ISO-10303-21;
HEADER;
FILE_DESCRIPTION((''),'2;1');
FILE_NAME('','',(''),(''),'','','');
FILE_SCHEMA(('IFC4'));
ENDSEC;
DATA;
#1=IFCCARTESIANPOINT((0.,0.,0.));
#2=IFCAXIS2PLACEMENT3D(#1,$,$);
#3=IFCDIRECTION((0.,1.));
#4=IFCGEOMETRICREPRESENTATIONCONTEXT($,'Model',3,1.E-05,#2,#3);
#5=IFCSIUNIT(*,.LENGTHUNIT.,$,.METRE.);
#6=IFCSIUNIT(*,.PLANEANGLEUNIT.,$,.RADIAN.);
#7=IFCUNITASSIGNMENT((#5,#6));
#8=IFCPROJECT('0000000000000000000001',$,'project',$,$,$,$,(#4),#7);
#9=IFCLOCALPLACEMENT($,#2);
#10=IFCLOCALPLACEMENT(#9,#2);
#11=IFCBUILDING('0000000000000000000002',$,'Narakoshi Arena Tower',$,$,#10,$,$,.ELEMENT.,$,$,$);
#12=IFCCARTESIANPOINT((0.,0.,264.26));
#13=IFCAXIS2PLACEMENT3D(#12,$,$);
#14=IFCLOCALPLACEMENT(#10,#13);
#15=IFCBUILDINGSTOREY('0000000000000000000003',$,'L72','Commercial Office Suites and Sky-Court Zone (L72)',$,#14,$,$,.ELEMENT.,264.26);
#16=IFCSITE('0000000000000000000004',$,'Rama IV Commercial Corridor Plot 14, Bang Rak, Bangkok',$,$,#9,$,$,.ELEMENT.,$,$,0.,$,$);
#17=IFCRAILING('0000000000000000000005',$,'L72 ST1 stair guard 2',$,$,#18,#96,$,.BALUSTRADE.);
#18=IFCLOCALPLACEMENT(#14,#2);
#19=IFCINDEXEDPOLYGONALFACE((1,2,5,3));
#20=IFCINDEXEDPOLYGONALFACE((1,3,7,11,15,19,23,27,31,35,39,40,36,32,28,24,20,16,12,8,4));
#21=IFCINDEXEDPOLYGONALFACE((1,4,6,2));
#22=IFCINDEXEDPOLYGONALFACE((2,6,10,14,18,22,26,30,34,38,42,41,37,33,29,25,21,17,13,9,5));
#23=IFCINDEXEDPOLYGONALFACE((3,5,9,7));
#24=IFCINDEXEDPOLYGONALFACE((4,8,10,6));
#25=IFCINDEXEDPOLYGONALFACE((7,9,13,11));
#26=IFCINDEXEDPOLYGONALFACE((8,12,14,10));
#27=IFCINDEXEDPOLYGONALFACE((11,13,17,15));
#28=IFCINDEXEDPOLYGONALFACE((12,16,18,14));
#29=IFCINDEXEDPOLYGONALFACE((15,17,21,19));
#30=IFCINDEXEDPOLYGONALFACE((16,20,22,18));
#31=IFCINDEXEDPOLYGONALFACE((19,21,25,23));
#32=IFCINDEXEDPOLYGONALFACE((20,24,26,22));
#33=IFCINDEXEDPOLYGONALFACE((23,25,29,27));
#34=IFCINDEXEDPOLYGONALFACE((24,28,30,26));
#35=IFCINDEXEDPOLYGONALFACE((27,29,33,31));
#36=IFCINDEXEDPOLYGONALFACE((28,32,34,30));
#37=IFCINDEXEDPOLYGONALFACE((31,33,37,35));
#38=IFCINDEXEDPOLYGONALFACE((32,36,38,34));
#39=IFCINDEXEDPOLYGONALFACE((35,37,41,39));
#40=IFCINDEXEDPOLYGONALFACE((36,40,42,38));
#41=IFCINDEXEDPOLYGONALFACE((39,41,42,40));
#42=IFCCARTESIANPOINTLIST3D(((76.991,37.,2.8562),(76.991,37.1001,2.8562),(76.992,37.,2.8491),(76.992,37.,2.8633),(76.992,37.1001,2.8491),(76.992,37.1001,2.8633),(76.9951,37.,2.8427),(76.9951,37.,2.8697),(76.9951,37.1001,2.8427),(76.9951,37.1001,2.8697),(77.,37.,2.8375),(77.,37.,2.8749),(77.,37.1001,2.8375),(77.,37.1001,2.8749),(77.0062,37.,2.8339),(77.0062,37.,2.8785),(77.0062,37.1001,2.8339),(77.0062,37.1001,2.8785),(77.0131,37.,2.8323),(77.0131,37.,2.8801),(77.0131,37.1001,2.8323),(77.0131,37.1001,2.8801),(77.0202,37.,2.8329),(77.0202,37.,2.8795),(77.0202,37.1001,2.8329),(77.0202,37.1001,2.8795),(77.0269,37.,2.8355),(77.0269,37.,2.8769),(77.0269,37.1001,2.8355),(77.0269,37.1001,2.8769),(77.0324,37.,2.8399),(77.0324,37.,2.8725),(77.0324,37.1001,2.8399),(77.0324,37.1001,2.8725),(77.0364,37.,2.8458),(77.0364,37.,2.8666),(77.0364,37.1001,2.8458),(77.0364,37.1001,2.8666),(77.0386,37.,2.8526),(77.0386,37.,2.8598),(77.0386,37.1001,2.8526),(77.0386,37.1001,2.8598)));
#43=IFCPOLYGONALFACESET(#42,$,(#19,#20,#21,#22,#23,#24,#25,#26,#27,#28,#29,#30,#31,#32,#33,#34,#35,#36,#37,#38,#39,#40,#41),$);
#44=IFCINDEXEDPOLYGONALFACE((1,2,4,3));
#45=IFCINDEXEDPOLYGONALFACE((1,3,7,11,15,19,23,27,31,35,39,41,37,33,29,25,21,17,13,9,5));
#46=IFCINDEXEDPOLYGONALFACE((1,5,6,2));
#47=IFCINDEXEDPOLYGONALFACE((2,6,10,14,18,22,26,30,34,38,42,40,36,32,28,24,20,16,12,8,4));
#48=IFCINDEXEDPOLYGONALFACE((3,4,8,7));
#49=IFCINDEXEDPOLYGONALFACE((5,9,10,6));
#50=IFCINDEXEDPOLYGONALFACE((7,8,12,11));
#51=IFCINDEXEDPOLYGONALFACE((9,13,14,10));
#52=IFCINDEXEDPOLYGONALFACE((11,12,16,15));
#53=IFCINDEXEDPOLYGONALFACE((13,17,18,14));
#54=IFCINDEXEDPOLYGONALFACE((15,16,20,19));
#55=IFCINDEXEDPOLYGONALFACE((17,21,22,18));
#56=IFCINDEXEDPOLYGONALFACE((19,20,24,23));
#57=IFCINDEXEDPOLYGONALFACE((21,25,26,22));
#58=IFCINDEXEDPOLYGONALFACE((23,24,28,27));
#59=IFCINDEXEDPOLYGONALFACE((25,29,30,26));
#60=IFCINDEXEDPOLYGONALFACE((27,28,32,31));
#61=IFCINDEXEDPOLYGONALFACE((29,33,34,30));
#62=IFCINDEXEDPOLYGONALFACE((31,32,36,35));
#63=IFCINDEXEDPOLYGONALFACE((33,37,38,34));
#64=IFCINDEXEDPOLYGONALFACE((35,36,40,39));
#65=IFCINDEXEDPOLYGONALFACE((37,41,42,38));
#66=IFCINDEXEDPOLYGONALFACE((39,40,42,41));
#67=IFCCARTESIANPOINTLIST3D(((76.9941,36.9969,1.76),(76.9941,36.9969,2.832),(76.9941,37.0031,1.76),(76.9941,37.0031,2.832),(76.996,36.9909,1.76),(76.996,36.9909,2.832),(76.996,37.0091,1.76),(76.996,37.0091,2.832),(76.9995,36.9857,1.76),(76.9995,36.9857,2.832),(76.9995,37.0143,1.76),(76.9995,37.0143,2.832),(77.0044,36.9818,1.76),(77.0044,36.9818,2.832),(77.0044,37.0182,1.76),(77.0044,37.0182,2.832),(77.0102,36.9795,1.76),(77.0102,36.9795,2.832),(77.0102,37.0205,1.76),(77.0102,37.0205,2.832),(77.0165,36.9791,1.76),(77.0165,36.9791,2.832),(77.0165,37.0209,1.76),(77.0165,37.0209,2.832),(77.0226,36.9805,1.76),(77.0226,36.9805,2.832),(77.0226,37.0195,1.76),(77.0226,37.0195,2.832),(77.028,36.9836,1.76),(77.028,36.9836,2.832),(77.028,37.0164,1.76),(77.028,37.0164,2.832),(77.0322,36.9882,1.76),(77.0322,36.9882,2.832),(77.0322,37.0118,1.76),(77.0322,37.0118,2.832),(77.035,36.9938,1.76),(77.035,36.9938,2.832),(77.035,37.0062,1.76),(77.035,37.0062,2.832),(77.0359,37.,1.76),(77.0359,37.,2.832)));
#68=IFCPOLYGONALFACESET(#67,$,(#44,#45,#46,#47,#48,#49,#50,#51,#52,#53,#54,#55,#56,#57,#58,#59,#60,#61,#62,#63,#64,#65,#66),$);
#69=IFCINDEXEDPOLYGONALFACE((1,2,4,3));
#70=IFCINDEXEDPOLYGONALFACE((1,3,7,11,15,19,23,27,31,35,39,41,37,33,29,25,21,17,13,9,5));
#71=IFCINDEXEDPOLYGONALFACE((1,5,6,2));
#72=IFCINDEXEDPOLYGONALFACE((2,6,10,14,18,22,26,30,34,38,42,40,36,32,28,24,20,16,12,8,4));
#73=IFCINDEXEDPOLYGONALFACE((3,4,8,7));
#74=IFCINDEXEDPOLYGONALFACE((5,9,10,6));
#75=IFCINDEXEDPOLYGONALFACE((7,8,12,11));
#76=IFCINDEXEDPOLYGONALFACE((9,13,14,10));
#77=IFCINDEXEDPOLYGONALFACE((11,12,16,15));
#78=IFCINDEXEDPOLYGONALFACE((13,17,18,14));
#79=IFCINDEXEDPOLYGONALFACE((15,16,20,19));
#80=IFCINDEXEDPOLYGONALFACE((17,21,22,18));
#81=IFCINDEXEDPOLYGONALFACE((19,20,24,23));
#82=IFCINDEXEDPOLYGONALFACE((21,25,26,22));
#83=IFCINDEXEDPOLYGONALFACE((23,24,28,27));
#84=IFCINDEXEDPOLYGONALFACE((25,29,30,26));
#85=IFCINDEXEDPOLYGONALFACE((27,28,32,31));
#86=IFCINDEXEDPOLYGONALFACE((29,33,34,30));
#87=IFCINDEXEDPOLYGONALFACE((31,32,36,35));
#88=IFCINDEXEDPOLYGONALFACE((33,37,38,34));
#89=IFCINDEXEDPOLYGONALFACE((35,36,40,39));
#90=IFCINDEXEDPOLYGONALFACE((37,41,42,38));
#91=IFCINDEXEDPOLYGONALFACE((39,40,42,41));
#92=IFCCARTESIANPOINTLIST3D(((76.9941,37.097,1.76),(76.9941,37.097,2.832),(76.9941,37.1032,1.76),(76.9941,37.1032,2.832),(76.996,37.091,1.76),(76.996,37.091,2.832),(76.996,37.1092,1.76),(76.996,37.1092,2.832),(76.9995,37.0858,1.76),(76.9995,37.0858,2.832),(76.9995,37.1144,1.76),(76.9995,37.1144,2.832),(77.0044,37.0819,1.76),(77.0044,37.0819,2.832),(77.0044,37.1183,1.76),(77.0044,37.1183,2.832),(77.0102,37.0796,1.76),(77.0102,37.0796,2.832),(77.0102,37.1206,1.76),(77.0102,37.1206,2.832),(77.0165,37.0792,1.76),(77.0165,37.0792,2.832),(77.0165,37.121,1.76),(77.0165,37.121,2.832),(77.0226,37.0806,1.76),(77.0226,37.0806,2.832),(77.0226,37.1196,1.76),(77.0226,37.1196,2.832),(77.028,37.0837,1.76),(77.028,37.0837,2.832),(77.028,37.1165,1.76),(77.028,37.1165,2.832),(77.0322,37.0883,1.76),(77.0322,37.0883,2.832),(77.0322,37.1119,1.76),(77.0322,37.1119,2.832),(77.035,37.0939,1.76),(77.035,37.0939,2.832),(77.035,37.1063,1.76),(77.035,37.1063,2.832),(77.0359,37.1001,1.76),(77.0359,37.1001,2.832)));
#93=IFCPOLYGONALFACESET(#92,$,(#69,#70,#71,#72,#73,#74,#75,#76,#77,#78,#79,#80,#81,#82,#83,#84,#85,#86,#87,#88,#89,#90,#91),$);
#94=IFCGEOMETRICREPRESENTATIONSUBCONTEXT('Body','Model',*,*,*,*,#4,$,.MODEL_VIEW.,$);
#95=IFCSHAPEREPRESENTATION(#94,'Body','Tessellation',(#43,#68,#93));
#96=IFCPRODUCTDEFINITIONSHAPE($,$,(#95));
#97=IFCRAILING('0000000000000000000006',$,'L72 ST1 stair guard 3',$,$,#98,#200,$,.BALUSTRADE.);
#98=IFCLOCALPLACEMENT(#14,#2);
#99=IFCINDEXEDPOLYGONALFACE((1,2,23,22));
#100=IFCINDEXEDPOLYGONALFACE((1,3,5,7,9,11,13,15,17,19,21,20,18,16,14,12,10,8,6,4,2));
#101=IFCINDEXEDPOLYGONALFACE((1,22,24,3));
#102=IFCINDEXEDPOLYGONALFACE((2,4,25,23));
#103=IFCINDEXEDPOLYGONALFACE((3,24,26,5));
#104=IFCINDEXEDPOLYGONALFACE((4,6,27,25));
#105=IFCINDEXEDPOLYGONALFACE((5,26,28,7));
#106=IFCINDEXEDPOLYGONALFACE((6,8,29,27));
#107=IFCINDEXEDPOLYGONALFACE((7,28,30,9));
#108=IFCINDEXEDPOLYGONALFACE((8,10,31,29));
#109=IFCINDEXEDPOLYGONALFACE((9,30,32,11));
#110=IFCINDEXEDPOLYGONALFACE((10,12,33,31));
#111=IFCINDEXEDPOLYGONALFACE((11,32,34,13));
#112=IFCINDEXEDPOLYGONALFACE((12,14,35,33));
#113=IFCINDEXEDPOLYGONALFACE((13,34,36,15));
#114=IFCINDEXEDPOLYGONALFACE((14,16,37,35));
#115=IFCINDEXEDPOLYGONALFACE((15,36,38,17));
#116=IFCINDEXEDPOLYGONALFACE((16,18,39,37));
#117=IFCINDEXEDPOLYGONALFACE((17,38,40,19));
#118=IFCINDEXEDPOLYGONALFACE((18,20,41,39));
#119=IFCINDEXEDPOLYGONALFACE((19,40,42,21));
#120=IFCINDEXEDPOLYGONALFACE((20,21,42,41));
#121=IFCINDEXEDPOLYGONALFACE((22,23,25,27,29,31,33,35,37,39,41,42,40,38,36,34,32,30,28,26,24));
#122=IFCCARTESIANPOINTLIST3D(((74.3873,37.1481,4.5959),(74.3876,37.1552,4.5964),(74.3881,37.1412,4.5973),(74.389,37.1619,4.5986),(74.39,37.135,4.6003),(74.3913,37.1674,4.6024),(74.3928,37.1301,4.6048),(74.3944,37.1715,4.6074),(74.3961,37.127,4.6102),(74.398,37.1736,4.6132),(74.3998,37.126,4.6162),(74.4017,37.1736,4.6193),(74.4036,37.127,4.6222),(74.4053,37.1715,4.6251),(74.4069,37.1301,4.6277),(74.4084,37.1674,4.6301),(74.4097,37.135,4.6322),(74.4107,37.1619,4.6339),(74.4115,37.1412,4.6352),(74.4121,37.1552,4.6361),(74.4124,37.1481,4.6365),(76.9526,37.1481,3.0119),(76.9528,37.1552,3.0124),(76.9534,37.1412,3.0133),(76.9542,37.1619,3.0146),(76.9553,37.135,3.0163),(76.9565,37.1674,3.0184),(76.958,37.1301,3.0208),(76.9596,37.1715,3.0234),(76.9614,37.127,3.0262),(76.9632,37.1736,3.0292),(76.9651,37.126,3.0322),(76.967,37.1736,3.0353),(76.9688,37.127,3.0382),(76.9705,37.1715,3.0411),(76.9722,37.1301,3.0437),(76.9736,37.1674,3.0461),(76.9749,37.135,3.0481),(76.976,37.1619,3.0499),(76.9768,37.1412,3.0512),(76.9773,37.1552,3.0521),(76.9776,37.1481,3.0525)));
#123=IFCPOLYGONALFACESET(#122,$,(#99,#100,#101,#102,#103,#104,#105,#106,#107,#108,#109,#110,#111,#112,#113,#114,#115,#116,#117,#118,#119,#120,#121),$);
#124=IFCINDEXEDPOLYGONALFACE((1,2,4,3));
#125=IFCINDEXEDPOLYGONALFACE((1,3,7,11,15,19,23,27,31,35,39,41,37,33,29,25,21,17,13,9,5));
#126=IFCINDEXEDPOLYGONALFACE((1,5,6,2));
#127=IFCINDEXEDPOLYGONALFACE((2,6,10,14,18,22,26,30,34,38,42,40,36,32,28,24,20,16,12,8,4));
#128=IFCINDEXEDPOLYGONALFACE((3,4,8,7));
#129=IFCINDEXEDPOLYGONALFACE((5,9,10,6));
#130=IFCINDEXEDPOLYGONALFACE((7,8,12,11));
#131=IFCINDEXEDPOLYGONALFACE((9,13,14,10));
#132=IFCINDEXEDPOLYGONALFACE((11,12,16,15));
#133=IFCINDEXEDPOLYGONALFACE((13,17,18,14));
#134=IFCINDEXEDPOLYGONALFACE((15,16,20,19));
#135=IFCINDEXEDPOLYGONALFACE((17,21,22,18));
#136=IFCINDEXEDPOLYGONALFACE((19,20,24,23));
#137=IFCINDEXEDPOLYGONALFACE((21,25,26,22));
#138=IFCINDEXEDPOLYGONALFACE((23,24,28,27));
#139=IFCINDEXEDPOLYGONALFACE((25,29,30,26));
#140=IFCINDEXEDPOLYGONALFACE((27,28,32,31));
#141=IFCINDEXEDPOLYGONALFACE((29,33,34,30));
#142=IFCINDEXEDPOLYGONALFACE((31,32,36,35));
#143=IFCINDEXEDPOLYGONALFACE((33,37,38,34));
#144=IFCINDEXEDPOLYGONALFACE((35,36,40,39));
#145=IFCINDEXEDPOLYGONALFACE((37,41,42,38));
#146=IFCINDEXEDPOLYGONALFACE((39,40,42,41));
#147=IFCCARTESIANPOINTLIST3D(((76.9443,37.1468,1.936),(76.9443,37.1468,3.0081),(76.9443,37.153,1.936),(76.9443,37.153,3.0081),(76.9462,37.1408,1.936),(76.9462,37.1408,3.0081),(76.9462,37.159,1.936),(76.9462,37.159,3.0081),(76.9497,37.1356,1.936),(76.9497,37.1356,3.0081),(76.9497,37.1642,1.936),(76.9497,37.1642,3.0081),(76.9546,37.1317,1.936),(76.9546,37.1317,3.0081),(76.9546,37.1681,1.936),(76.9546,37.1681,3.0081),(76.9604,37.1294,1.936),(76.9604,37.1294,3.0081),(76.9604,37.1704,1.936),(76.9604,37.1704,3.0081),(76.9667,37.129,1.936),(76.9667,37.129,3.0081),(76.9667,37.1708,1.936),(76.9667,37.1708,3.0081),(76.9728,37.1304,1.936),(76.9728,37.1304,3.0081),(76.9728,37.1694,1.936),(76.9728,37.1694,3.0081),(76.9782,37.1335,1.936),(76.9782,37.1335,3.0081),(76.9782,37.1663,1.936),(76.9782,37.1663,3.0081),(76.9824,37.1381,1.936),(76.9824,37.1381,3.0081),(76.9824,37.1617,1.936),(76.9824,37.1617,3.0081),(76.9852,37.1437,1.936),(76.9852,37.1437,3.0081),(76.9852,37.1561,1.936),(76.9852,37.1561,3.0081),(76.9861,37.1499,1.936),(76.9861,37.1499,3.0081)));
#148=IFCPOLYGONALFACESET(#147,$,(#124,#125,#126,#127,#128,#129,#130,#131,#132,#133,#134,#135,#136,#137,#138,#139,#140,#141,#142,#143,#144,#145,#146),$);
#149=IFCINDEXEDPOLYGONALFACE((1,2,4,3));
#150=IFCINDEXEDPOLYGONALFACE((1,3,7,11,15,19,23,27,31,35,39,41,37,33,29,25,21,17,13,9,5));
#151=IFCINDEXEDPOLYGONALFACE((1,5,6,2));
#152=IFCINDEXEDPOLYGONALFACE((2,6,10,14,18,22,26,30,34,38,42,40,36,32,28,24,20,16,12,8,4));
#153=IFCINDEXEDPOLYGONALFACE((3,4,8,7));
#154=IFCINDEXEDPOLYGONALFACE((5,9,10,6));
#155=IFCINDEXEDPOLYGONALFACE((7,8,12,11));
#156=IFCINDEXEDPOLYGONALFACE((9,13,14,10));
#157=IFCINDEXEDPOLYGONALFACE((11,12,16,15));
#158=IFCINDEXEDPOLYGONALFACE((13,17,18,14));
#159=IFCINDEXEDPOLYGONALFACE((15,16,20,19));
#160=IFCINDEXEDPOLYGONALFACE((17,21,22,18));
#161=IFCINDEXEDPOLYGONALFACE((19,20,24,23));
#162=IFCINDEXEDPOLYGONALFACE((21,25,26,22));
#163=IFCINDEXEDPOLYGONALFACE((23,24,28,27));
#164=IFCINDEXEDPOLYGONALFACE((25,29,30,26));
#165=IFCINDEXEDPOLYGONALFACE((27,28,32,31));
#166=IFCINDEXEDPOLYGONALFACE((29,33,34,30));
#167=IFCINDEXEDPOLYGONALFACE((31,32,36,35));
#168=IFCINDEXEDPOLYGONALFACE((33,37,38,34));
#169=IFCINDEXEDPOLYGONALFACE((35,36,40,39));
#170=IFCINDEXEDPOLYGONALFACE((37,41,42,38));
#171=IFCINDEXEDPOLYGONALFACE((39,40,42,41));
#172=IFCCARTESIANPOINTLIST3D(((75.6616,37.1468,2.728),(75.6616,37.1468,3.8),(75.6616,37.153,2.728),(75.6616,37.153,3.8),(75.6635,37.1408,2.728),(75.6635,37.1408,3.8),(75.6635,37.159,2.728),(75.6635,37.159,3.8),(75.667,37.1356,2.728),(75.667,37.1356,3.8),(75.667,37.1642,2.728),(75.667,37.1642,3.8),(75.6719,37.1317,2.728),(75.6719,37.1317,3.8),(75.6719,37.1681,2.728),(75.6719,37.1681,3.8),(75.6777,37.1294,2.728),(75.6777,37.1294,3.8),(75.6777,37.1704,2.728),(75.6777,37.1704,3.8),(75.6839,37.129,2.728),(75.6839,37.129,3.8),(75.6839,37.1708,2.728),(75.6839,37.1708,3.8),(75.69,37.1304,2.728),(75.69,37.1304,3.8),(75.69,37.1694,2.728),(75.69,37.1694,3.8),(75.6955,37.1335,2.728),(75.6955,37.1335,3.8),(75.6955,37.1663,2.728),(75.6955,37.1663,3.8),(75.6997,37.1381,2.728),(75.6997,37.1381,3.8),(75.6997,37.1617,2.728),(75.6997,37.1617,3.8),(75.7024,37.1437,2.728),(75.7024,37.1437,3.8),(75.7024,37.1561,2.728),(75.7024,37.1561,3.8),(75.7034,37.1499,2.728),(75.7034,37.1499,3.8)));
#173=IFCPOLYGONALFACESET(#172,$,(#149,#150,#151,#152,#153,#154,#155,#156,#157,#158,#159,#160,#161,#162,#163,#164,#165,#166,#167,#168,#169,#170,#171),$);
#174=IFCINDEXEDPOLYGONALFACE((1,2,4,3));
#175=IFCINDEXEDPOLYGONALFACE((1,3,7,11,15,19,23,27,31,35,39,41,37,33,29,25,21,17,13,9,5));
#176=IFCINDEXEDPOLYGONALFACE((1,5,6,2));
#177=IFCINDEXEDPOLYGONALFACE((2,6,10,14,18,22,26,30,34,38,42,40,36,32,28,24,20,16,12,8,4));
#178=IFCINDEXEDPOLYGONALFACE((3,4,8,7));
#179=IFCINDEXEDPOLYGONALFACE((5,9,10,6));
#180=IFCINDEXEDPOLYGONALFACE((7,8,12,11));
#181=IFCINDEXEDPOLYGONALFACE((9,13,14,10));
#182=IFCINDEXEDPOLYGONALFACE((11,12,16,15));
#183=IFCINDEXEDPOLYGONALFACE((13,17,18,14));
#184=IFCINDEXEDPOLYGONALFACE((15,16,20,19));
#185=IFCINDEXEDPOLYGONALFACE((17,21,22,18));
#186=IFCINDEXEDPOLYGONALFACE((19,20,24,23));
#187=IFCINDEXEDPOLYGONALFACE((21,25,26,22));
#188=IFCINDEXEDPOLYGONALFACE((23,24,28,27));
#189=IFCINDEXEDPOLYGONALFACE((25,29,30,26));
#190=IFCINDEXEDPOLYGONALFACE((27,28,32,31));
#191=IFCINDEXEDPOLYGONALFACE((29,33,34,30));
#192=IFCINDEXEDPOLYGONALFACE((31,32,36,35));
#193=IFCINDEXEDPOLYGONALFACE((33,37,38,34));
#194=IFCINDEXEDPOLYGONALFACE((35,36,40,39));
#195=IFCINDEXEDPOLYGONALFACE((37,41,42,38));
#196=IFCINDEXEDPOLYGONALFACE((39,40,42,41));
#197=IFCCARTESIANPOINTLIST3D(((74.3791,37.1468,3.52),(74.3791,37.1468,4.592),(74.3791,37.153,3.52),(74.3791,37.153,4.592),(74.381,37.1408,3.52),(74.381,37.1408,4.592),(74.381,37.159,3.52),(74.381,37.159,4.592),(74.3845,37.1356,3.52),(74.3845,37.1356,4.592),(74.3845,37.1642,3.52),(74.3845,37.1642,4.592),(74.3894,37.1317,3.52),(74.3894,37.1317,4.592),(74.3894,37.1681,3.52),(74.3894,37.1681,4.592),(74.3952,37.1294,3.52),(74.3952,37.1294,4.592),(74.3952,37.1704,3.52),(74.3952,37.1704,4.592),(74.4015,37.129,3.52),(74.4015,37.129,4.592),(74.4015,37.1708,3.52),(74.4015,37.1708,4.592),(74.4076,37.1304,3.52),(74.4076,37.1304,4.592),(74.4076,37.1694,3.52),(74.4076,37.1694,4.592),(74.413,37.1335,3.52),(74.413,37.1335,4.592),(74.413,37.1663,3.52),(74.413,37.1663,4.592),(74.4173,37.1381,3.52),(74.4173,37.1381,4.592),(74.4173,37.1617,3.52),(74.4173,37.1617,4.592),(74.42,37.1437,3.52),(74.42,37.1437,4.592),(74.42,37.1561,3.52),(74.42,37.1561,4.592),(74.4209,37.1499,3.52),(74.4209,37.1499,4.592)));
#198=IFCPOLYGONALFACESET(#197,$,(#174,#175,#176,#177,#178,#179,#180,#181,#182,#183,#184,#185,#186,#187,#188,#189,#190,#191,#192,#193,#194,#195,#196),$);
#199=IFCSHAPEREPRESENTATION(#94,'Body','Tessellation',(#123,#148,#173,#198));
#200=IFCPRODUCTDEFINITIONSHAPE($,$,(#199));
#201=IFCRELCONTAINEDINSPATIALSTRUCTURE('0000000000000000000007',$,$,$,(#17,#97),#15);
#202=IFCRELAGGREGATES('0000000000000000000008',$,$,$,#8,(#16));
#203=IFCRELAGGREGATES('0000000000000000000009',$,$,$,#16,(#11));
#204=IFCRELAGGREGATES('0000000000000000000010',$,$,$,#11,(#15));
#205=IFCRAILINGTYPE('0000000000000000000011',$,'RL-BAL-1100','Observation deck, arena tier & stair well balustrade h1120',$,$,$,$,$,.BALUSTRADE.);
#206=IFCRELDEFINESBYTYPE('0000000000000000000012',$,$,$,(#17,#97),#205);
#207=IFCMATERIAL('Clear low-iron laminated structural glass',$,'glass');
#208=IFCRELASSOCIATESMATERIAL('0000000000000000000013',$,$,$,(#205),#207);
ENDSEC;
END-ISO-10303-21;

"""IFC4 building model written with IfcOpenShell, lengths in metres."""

from ifc_helpers import new_model, si_unit, direction, frame, origin, origin_2d, place, context, subcontext, project, spatial, circle, extrude, material, type_object, element, save


model = new_model("IFC4")

# Units and contexts
model_context = context("Model", 3, precision=1e-05, world=origin(), true_north=direction((0.0, 1.0)))
body_context = subcontext(model_context, "Body", "Model", "MODEL_VIEW")
ifc_project = project(units=[si_unit("LENGTHUNIT", "METRE"), si_unit("PLANEANGLEUNIT", "RADIAN")], contexts=[model_context])

# Site, building, storey
site_placement = place(None, origin())
site = spatial("IfcSite", under=ifc_project, at=site_placement, Name="Rama IV Commercial Corridor Plot 14, Bang Rak, Bangkok", CompositionType="ELEMENT", RefElevation=0.0)
building_placement = place(site_placement, origin())
building = spatial("IfcBuilding", under=site, at=building_placement, Name="Narakoshi Arena Tower", CompositionType="ELEMENT")
storey_placement = place(building_placement, frame((0.0, 0.0, 264.26)))
storey = spatial("IfcBuildingStorey", under=building, at=storey_placement, Name="L72", Description="Commercial Office Suites and Sky-Court Zone (L72)", CompositionType="ELEMENT", Elevation=264.26)

# Railings
ifc_material_1 = material(Name="Clear low-iron laminated structural glass", Category="glass")
railing_type_1 = type_object("IfcRailingType", Name="RL-BAL-1100", Description="Observation deck, arena tier & stair well balustrade h1120", PredefinedType="BALUSTRADE", material=ifc_material_1)
railing_1_placement = place(storey_placement, frame((77.0149, 37.0, 1.76)))
element("IfcRailing", 1, at=railing_1_placement, inside=storey, type_object=railing_type_1, Name="L72 ST1 stair guard 2", PredefinedType="BALUSTRADE", context=body_context, shape_type="SweptSolid", body=[
    extrude(circle(Radius=0.0239, at=origin_2d()), frame((0.0, 0.0, 1.0962), z_axis=(0.0, 1.0, 0.0), x_axis=(-1.0, 0.0, 0.0)), (0.0, 0.0, 1.0), 0.1001),
    extrude(circle(Radius=0.021, at=origin_2d()), origin(), (0.0, 0.0, 1.0), 1.072),
    extrude(circle(Radius=0.021, at=origin_2d()), frame((0.0, 0.1001, 0.0)), (0.0, 0.0, 1.0), 1.072),
])
railing_2_placement = place(storey_placement, frame((76.9651, 37.1499, 1.936)))
element("IfcRailing", 2, at=railing_2_placement, inside=storey, type_object=railing_type_1, Name="L72 ST1 stair guard 3", PredefinedType="BALUSTRADE", context=body_context, shape_type="SweptSolid", body=[
    extrude(circle(Radius=0.0239, at=origin_2d()), frame((0.0, 0.0, 1.0962), z_axis=(-0.850857, 0.0, 0.525398), x_axis=(0.0, -1.0, 0.0)), (0.0, 0.0, 1.0), 3.0149),
    extrude(circle(Radius=0.021, at=origin_2d()), origin(), (0.0, 0.0, 1.0), 1.072),
    extrude(circle(Radius=0.021, at=origin_2d()), frame((-1.2827, 0.0, 0.792)), (0.0, 0.0, 1.0), 1.072),
    extrude(circle(Radius=0.021, at=origin_2d()), frame((-2.5652, 0.0, 1.584)), (0.0, 0.0, 1.0), 1.072),
])

save(model, "model.ifc")
